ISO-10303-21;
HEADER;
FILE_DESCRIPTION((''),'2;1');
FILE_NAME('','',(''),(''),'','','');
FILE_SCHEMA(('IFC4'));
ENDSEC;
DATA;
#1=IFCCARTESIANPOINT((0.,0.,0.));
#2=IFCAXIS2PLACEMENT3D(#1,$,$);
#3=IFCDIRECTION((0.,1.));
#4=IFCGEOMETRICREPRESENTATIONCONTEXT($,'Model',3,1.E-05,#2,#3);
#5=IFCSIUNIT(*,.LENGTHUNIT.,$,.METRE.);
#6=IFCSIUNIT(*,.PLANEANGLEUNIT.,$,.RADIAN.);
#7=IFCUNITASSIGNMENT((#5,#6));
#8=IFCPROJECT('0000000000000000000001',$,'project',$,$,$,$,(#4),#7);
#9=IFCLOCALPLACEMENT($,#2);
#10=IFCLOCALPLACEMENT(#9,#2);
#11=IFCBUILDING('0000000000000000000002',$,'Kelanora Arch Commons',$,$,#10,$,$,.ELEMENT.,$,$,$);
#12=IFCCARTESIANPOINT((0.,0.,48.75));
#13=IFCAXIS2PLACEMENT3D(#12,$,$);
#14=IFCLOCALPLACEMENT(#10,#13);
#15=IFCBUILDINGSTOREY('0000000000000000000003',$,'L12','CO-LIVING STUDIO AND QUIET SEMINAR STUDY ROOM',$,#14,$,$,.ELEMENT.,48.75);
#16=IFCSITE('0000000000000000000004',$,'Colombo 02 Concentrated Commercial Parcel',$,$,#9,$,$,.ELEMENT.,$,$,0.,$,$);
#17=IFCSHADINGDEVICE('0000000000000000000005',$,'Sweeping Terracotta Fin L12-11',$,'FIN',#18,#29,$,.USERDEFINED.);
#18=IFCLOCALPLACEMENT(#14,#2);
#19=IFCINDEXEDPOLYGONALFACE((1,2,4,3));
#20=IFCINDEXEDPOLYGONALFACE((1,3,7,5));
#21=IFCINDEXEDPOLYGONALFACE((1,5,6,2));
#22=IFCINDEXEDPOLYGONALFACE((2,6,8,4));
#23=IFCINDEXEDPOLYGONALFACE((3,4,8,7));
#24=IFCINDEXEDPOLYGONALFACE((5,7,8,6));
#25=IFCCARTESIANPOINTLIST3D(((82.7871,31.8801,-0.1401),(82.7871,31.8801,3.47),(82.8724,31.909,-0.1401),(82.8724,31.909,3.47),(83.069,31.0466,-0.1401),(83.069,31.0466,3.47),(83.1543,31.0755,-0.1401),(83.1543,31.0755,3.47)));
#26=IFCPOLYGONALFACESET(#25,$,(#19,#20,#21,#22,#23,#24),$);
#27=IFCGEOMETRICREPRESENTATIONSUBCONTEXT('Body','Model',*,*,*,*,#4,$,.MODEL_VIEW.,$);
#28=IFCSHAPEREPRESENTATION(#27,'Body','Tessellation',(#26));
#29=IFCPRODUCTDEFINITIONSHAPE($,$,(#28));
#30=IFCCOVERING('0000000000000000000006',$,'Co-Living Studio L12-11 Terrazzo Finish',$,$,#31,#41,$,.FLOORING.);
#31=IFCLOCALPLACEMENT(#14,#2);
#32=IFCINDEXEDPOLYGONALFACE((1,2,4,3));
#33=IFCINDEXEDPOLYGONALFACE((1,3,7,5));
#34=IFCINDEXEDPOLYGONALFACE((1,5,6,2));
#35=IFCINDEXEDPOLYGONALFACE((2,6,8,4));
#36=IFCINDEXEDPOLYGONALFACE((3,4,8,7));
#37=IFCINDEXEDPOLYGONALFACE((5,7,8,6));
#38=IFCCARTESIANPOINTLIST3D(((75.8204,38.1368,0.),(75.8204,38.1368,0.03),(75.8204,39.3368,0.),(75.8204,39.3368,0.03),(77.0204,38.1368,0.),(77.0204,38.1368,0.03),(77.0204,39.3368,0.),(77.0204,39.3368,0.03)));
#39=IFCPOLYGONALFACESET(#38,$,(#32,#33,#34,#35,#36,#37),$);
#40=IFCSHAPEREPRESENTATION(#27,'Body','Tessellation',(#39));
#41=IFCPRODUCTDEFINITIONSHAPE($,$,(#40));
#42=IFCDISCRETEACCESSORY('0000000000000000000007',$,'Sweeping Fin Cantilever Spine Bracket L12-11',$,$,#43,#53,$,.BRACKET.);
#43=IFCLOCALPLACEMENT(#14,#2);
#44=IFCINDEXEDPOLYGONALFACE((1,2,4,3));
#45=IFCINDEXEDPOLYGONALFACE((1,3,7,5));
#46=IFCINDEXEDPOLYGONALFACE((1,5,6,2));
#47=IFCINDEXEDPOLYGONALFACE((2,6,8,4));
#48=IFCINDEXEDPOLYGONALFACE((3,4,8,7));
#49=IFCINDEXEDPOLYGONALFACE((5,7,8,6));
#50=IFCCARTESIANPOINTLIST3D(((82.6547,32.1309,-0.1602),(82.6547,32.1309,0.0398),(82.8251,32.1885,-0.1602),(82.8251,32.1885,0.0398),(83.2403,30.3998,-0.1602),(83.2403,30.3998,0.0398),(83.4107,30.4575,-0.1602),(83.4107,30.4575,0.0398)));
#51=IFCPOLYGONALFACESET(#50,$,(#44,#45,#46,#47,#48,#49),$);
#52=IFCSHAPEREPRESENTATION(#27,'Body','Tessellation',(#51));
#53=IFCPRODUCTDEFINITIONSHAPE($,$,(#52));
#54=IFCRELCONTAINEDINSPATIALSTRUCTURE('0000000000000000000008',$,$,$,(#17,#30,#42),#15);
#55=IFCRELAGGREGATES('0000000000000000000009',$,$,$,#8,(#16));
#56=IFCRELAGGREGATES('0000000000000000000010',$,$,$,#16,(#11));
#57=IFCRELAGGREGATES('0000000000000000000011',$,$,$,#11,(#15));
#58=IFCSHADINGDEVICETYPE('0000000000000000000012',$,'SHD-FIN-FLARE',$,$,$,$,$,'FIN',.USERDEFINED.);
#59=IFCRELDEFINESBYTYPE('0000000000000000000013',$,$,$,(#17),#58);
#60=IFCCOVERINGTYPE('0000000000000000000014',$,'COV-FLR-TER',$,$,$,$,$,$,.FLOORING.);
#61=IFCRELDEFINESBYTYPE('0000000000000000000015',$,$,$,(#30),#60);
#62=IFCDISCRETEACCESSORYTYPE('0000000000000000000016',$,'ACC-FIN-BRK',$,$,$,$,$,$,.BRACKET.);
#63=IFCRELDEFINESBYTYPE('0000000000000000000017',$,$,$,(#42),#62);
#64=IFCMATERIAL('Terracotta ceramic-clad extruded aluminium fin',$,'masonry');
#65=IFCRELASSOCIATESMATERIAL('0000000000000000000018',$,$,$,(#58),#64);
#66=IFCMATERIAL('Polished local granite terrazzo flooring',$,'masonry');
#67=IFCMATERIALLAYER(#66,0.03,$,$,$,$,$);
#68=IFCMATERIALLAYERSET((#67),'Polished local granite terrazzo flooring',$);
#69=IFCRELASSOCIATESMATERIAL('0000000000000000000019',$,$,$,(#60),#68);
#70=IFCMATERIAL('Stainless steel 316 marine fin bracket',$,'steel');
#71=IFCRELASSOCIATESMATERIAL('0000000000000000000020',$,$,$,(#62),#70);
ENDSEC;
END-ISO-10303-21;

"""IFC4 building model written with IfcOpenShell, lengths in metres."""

from ifc_helpers import new_model, si_unit, direction, frame, origin, origin_2d, place, context, subcontext, project, spatial, rectangle, extrude, source, transform, mapped, material, layer, layer_set, type_object, element, save


model = new_model("IFC4")

# Units and contexts
model_context = context("Model", 3, precision=1e-05, world=origin(), true_north=direction((0.0, 1.0)))
body_context = subcontext(model_context, "Body", "Model", "MODEL_VIEW")
ifc_project = project(units=[si_unit("LENGTHUNIT", "METRE"), si_unit("PLANEANGLEUNIT", "RADIAN")], contexts=[model_context])

# Site, building, storey
site_placement = place(None, origin())
site = spatial("IfcSite", under=ifc_project, at=site_placement, Name="Colombo 02 Concentrated Commercial Parcel", CompositionType="ELEMENT", RefElevation=0.0)
building_placement = place(site_placement, origin())
building = spatial("IfcBuilding", under=site, at=building_placement, Name="Kelanora Arch Commons", CompositionType="ELEMENT")
storey_placement = place(building_placement, frame((0.0, 0.0, 48.75)))
storey = spatial("IfcBuildingStorey", under=building, at=storey_placement, Name="L12", Description="CO-LIVING STUDIO AND QUIET SEMINAR STUDY ROOM", CompositionType="ELEMENT", Elevation=48.75)

# Shading device
ifc_material_1 = material(Name="Terracotta ceramic-clad extruded aluminium fin", Category="masonry")
shading_device_type = type_object("IfcShadingDeviceType", Name="SHD-FIN-FLARE", ElementType="FIN", PredefinedType="USERDEFINED", material=ifc_material_1)
shared_shape_1 = source(origin(), body_context, "Body", "SweptSolid", [
    extrude(rectangle(XDim=0.8799, YDim=0.0901, at=origin_2d()), origin(), (0.0, 0.0, 1.0), 3.6101),
])
shading_device_placement = place(storey_placement, frame((82.9707, 31.4778, -0.1401), z_axis=(0.0, 0.0, 1.0), x_axis=(0.320448, -0.947266, 0.0)))
element("IfcShadingDevice", 1, at=shading_device_placement, inside=storey, type_object=shading_device_type, Name="Sweeping Terracotta Fin L12-11", ObjectType="FIN", PredefinedType="USERDEFINED", context=body_context, shape_type="MappedRepresentation", body=[
    mapped(shared_shape_1, transform((0.0, 0.0, 0.0), scale=1.0)),
])

# Covering
ifc_material_2 = material(Name="Polished local granite terrazzo flooring", Category="masonry")
ifc_layer_1 = layer(ifc_material_2, 0.03)
ifc_layer_set_1 = layer_set([ifc_layer_1], Name="Polished local granite terrazzo flooring")
covering_type = type_object("IfcCoveringType", Name="COV-FLR-TER", PredefinedType="FLOORING", material=ifc_layer_set_1)
shared_shape_2 = source(origin(), body_context, "Body", "SweptSolid", [
    extrude(rectangle(XDim=1.2, YDim=1.2, at=origin_2d()), origin(), (0.0, 0.0, 1.0), 0.03),
])
covering_placement = place(storey_placement, frame((76.4204, 38.7368, 0.0), z_axis=(0.0, 0.0, 1.0), x_axis=(1.0, 0.0, 0.0)))
element("IfcCovering", 2, at=covering_placement, inside=storey, type_object=covering_type, Name="Co-Living Studio L12-11 Terrazzo Finish", PredefinedType="FLOORING", context=body_context, shape_type="MappedRepresentation", body=[
    mapped(shared_shape_2, transform((0.0, 0.0, 0.0), scale=1.0)),
])

# Discrete accessory
ifc_material_3 = material(Name="Stainless steel 316 marine fin bracket", Category="steel")
discrete_accessory_type = type_object("IfcDiscreteAccessoryType", Name="ACC-FIN-BRK", PredefinedType="BRACKET", material=ifc_material_3)
shared_shape_3 = source(origin(), body_context, "Body", "SweptSolid", [
    extrude(rectangle(XDim=1.8274, YDim=0.1799, at=origin_2d()), origin(), (0.0, 0.0, 1.0), 0.2),
])
discrete_accessory_placement = place(storey_placement, frame((83.0327, 31.2942, -0.1602), z_axis=(0.0, 0.0, 1.0), x_axis=(0.320448, -0.947266, 0.0)))
element("IfcDiscreteAccessory", 3, at=discrete_accessory_placement, inside=storey, type_object=discrete_accessory_type, Name="Sweeping Fin Cantilever Spine Bracket L12-11", PredefinedType="BRACKET", context=body_context, shape_type="MappedRepresentation", body=[
    mapped(shared_shape_3, transform((0.0, 0.0, 0.0), scale=1.0)),
])

save(model, "model.ifc")
